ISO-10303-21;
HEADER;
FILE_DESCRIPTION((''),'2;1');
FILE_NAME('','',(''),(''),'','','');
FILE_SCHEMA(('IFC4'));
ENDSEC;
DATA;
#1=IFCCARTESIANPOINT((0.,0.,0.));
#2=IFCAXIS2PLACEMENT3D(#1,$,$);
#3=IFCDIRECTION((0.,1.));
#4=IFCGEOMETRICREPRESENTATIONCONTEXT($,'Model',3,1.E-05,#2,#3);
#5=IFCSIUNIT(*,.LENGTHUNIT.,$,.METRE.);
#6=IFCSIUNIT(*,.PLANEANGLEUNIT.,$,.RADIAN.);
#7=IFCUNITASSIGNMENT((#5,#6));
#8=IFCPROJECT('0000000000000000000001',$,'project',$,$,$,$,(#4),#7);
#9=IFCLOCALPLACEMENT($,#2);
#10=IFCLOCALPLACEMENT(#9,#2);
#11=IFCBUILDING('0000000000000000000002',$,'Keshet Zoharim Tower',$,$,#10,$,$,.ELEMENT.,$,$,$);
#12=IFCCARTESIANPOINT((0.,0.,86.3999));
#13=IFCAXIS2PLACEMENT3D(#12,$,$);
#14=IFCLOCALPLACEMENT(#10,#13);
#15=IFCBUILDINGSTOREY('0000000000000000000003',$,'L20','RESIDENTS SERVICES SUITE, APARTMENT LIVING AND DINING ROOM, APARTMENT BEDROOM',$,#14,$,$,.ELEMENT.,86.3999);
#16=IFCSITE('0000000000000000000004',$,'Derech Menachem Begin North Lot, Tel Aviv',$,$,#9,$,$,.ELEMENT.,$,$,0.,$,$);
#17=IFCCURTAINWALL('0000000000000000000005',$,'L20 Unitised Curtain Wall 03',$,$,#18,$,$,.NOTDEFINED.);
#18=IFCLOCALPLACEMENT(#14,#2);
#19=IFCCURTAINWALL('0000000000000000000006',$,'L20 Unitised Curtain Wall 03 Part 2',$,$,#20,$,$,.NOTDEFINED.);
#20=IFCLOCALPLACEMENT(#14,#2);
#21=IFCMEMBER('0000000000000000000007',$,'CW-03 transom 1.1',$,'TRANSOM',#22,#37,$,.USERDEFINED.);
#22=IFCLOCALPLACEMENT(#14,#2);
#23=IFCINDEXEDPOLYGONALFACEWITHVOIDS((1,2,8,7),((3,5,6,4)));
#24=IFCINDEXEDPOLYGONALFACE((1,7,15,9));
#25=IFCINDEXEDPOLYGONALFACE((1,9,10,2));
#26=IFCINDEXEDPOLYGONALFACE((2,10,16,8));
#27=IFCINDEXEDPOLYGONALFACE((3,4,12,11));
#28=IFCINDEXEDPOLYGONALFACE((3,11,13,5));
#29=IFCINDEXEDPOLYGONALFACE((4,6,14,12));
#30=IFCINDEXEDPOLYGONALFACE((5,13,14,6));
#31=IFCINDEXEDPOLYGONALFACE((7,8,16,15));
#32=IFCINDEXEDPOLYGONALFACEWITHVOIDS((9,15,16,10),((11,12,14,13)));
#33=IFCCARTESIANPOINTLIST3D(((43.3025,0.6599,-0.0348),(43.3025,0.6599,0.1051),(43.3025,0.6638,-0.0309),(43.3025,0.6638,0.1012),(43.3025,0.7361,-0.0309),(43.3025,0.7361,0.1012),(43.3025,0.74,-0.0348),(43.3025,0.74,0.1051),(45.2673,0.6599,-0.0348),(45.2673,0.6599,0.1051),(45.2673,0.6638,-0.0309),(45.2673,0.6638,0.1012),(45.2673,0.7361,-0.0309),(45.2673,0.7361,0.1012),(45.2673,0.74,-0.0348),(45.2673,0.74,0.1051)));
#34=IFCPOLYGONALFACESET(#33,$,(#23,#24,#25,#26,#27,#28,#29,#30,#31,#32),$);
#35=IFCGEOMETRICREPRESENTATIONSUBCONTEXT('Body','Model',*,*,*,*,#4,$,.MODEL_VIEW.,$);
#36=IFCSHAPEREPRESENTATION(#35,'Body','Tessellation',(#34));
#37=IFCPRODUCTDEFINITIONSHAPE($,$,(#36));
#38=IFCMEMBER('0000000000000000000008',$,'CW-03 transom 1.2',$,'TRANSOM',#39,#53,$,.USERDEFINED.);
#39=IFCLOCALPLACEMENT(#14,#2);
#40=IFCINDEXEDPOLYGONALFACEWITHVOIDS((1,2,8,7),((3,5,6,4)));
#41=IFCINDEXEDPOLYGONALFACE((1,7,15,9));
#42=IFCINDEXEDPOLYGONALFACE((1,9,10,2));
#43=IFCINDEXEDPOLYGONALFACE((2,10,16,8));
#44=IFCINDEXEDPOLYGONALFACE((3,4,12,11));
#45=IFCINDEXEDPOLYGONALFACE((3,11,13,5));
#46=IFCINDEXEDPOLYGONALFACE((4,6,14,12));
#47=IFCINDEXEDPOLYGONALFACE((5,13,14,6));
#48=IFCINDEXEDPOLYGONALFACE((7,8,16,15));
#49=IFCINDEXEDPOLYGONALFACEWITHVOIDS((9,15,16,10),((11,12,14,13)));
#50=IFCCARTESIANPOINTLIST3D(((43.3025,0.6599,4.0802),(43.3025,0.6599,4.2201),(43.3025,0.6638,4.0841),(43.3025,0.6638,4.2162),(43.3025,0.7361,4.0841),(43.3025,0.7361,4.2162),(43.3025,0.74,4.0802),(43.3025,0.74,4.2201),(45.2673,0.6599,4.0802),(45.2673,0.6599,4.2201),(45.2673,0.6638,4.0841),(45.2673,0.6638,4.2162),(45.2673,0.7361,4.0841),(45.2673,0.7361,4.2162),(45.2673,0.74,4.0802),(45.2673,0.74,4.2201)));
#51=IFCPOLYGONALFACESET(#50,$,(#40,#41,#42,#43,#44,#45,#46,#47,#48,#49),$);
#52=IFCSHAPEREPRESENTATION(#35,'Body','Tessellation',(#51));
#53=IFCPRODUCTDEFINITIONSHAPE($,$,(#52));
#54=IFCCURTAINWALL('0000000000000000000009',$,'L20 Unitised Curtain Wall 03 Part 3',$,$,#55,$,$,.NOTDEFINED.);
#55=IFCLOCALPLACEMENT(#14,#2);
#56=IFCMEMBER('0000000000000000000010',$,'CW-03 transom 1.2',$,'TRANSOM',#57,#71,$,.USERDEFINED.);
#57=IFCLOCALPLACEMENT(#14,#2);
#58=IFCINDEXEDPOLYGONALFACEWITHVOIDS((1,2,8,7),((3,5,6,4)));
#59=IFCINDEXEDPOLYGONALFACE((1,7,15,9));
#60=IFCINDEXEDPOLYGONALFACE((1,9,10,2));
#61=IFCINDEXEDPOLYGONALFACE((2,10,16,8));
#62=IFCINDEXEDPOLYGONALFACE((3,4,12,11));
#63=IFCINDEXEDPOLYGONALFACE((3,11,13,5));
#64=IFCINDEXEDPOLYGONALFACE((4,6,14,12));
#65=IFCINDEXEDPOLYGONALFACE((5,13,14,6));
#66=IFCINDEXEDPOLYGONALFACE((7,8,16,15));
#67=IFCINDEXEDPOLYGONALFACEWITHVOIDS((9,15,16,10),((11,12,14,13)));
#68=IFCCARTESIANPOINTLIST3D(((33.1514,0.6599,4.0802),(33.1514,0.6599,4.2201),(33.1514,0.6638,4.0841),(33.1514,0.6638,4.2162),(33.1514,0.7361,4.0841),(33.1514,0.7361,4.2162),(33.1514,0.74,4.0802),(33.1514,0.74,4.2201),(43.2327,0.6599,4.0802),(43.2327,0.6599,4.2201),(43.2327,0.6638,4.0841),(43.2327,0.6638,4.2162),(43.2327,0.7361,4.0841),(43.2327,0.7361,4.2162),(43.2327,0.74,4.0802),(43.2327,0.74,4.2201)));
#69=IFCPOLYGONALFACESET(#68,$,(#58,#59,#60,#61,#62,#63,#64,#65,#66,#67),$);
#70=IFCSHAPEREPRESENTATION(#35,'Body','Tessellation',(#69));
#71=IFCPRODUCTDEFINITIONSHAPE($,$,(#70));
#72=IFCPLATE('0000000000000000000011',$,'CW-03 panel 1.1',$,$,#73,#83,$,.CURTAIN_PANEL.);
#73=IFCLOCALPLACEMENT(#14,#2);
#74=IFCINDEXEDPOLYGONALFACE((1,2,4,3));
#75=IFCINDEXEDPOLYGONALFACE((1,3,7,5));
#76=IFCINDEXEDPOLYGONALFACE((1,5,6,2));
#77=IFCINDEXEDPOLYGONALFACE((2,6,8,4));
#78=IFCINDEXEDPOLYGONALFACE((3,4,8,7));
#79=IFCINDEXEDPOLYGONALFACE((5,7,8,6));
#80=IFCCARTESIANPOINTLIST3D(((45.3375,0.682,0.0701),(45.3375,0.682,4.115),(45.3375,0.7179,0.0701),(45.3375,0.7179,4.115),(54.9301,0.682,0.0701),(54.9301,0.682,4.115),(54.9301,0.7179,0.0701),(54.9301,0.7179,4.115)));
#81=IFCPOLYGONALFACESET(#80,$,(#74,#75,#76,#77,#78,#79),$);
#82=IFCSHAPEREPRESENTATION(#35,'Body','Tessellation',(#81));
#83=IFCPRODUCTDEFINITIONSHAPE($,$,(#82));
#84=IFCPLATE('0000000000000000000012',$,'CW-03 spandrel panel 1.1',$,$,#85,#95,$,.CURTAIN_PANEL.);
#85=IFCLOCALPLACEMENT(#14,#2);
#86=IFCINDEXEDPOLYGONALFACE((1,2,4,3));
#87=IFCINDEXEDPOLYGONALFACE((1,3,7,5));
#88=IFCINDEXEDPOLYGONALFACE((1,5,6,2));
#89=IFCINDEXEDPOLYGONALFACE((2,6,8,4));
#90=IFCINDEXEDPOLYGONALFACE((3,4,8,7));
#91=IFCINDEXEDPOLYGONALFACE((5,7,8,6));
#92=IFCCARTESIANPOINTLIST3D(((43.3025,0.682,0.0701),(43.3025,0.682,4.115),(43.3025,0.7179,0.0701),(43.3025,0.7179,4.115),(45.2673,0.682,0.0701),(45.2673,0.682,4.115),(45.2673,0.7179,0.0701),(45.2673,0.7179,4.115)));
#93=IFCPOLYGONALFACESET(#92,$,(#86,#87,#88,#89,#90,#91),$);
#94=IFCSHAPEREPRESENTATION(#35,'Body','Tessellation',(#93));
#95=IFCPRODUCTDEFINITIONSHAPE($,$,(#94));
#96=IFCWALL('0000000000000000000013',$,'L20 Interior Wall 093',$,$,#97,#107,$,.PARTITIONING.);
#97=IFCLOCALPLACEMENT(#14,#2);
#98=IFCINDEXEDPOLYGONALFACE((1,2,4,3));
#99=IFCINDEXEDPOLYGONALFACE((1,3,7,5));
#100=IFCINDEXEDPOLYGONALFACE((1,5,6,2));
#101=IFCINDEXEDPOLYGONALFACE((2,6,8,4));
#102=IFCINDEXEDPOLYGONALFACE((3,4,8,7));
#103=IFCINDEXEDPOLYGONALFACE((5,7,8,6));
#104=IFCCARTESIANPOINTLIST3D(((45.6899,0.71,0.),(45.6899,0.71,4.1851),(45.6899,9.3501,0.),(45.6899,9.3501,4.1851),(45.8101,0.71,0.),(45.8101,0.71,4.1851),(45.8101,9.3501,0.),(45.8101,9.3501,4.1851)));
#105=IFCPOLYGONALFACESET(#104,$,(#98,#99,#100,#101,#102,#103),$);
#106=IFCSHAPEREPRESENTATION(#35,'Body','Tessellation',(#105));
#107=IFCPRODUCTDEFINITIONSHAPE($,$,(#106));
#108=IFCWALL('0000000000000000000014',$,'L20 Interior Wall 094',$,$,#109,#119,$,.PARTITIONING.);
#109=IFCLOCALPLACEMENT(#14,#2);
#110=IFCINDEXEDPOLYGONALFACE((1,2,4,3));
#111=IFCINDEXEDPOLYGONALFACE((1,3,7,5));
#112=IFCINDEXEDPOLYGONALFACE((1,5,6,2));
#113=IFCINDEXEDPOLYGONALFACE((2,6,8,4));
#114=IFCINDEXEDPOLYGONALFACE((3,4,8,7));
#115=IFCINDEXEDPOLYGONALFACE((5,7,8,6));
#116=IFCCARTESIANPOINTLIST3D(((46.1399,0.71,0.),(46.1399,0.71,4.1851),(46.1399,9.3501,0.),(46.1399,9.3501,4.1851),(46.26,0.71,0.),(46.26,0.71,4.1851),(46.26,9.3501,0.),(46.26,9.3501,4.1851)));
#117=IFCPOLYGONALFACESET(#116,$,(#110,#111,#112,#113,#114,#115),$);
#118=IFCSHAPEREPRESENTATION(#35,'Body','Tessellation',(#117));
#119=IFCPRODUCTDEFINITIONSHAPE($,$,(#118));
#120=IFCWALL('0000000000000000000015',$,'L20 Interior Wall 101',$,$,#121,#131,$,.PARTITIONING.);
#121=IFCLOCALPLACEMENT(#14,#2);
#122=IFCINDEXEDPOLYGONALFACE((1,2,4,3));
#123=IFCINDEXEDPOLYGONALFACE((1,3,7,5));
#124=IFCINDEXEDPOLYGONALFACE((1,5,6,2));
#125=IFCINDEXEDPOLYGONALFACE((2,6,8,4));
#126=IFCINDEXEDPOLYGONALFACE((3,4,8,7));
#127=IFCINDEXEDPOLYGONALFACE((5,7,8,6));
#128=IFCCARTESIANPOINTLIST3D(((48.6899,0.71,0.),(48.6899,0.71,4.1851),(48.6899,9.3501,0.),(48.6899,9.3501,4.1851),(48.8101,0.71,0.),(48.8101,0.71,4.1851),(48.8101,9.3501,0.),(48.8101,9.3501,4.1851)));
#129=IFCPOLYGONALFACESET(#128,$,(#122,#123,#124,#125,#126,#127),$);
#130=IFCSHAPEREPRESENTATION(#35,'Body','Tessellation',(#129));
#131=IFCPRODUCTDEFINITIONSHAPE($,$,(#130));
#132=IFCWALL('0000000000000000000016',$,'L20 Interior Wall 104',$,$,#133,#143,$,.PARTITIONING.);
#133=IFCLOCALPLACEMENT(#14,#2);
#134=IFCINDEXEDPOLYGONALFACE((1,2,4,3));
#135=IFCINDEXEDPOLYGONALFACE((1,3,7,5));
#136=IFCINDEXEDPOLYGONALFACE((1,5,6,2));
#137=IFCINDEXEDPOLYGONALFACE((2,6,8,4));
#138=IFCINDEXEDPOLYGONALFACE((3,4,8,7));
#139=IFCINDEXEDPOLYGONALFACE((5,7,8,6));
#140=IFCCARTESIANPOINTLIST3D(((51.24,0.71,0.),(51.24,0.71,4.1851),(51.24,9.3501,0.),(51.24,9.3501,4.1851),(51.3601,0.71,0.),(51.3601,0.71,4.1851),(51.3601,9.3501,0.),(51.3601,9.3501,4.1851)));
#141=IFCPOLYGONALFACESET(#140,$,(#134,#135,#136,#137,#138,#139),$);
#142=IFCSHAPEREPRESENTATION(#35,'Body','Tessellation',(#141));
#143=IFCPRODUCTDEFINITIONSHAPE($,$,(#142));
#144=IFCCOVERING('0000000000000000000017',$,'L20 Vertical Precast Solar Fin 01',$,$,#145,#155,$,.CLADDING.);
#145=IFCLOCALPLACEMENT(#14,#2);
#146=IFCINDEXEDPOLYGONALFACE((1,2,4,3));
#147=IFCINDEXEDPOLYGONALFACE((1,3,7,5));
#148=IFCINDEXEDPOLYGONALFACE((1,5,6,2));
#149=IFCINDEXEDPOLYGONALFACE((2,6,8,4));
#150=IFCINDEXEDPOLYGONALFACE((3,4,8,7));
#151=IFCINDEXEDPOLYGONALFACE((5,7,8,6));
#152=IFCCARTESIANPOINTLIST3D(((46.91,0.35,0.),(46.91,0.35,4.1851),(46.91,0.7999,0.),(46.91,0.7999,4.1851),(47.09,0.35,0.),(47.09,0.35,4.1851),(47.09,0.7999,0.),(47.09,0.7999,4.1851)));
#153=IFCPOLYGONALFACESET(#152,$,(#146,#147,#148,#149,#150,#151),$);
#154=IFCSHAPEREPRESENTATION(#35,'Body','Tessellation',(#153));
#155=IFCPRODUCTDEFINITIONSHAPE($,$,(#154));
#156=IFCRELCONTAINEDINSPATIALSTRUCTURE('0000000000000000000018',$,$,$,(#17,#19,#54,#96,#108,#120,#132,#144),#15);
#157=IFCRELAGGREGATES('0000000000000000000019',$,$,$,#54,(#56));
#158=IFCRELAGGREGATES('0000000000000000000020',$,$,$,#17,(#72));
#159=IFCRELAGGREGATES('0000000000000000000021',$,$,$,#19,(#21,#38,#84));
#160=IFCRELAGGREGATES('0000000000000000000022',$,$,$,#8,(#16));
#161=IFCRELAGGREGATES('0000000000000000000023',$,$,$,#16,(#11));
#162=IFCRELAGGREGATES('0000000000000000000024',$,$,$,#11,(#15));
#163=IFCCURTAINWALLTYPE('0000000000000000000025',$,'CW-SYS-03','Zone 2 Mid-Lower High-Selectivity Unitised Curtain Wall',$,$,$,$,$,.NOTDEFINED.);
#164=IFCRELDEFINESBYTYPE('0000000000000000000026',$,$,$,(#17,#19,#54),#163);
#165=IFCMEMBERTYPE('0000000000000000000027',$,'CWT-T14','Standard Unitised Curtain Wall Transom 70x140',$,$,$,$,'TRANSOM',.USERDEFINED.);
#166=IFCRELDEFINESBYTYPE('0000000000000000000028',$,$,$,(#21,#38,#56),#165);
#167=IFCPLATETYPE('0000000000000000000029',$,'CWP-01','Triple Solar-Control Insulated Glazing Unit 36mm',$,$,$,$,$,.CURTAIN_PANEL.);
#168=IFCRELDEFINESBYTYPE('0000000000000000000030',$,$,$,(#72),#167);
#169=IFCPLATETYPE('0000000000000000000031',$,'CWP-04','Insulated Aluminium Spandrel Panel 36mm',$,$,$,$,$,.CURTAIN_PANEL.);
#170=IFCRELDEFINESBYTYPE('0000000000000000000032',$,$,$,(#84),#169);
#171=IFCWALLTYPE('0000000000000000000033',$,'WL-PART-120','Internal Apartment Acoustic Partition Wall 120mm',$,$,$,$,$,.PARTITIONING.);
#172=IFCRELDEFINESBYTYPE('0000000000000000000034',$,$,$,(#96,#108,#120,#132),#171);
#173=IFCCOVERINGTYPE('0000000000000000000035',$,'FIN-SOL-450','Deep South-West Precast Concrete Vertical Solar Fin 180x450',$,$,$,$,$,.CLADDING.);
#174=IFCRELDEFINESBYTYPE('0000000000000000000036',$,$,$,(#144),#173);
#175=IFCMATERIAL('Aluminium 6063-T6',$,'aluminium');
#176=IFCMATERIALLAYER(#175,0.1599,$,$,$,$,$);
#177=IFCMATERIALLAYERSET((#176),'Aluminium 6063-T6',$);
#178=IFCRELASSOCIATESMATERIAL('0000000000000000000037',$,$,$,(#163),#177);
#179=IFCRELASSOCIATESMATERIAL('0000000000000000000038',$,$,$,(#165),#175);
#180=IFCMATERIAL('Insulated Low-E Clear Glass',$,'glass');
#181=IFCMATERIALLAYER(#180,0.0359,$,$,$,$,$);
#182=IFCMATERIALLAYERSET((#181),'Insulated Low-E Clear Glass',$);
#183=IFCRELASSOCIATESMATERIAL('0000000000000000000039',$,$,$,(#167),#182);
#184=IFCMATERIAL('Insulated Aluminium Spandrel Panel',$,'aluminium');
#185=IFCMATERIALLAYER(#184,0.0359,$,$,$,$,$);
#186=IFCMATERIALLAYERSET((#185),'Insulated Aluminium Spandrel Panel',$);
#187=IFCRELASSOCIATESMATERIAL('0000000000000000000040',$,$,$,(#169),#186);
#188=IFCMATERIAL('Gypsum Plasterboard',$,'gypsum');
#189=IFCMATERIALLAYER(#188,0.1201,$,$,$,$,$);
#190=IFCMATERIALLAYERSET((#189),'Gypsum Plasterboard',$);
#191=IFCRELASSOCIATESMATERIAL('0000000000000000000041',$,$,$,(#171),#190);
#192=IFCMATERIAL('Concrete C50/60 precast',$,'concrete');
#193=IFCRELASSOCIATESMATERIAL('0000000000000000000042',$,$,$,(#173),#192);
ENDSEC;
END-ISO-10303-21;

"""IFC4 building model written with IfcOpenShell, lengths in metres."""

from ifc_helpers import new_model, si_unit, direction, frame, frame_2d, origin, origin_2d, place, context, subcontext, project, spatial, rectangle, hollow_rectangle, extrude, material, layer, layer_set, material_profile, profile_set, type_object, element, aggregate, save


model = new_model("IFC4")

# Units and contexts
model_context = context("Model", 3, precision=1e-05, world=origin(), true_north=direction((0.0, 1.0)))
body_context = subcontext(model_context, "Body", "Model", "MODEL_VIEW")
ifc_project = project(units=[si_unit("LENGTHUNIT", "METRE"), si_unit("PLANEANGLEUNIT", "RADIAN")], contexts=[model_context])

# Site, building, storey
site_placement = place(None, origin())
site = spatial("IfcSite", under=ifc_project, at=site_placement, Name="Derech Menachem Begin North Lot, Tel Aviv", CompositionType="ELEMENT", RefElevation=0.0)
building_placement = place(site_placement, origin())
building = spatial("IfcBuilding", under=site, at=building_placement, Name="Keshet Zoharim Tower", CompositionType="ELEMENT")
storey_placement = place(building_placement, frame((0.0, 0.0, 86.3999)))
storey = spatial("IfcBuildingStorey", under=building, at=storey_placement, Name="L20", Description="RESIDENTS SERVICES SUITE, APARTMENT LIVING AND DINING ROOM, APARTMENT BEDROOM", CompositionType="ELEMENT", Elevation=86.3999)

# Curtain wall
ifc_material_1 = material(Name="Aluminium 6063-T6", Category="aluminium")
ifc_layer_1 = layer(ifc_material_1, 0.1599)
ifc_layer_set_1 = layer_set([ifc_layer_1], Name="Aluminium 6063-T6")
curtain_wall_type = type_object("IfcCurtainWallType", Name="CW-SYS-03", Description="Zone 2 Mid-Lower High-Selectivity Unitised Curtain Wall", PredefinedType="NOTDEFINED", material=ifc_layer_set_1)
curtain_wall_1_placement = place(storey_placement, origin())
curtain_wall_1 = element("IfcCurtainWall", 1, at=curtain_wall_1_placement, inside=storey, type_object=curtain_wall_type, Name="L20 Unitised Curtain Wall 03", PredefinedType="NOTDEFINED")

# Curtain wall, members
curtain_wall_2_placement = place(storey_placement, origin())
curtain_wall_2 = element("IfcCurtainWall", 2, at=curtain_wall_2_placement, inside=storey, type_object=curtain_wall_type, Name="L20 Unitised Curtain Wall 03 Part 2", PredefinedType="NOTDEFINED")
ifc_material_profile_1 = material_profile(ifc_material_1, hollow_rectangle(XDim=0.0801, YDim=0.1399, WallThickness=0.0039, at=origin_2d()), Name="TRN-80x140")
ifc_profile_set_1 = profile_set([ifc_material_profile_1], Name="Aluminium 6063-T6")
member_type_1 = type_object("IfcMemberType", Name="CWT-T14", Description="Standard Unitised Curtain Wall Transom 70x140", ElementType="TRANSOM", PredefinedType="USERDEFINED", material=ifc_profile_set_1)
member_1_placement = place(storey_placement, frame((45.2673, 0.7, 0.0352), z_axis=(-1.0, 0.0, 0.0), x_axis=(0.0, -1.0, 0.0)))
member_1 = element("IfcMember", 3, at=member_1_placement, type_object=member_type_1, Name="CW-03 transom 1.1", ObjectType="TRANSOM", PredefinedType="USERDEFINED", context=body_context, shape_type="SweptSolid", body=[
    extrude(hollow_rectangle(XDim=0.0801, YDim=0.1399, WallThickness=0.0039, at=origin_2d()), origin(), (0.0, 0.0, 1.0), 1.9648),
])
member_2_placement = place(storey_placement, frame((45.2673, 0.7, 4.1501), z_axis=(-1.0, 0.0, 0.0), x_axis=(0.0, -1.0, 0.0)))
member_2 = element("IfcMember", 4, at=member_2_placement, type_object=member_type_1, Name="CW-03 transom 1.2", ObjectType="TRANSOM", PredefinedType="USERDEFINED", context=body_context, shape_type="SweptSolid", body=[
    extrude(hollow_rectangle(XDim=0.0801, YDim=0.1399, WallThickness=0.0039, at=origin_2d()), origin(), (0.0, 0.0, 1.0), 1.9648),
])

# Curtain wall, member
curtain_wall_3_placement = place(storey_placement, origin())
curtain_wall_3 = element("IfcCurtainWall", 5, at=curtain_wall_3_placement, inside=storey, type_object=curtain_wall_type, Name="L20 Unitised Curtain Wall 03 Part 3", PredefinedType="NOTDEFINED")
member_3_placement = place(storey_placement, frame((43.2327, 0.7, 4.1501), z_axis=(-1.0, 0.0, 0.0), x_axis=(0.0, -1.0, 0.0)))
member_3 = element("IfcMember", 6, at=member_3_placement, type_object=member_type_1, Name="CW-03 transom 1.2", ObjectType="TRANSOM", PredefinedType="USERDEFINED", context=body_context, shape_type="SweptSolid", body=[
    extrude(hollow_rectangle(XDim=0.0801, YDim=0.1399, WallThickness=0.0039, at=origin_2d()), origin(), (0.0, 0.0, 1.0), 10.0813),
])
aggregate(curtain_wall_3, [member_3])

# Plates
ifc_material_2 = material(Name="Insulated Low-E Clear Glass", Category="glass")
ifc_layer_2 = layer(ifc_material_2, 0.0359)
ifc_layer_set_2 = layer_set([ifc_layer_2], Name="Insulated Low-E Clear Glass")
plate_type_1 = type_object("IfcPlateType", Name="CWP-01", Description="Triple Solar-Control Insulated Glazing Unit 36mm", PredefinedType="CURTAIN_PANEL", material=ifc_layer_set_2)
plate_1_placement = place(storey_placement, frame((50.1338, 0.7, 0.0701), z_axis=(0.0, 0.0, 1.0), x_axis=(-1.0, 0.0, 0.0)))
plate_1 = element("IfcPlate", 7, at=plate_1_placement, type_object=plate_type_1, Name="CW-03 panel 1.1", PredefinedType="CURTAIN_PANEL", context=body_context, shape_type="SweptSolid", body=[
    extrude(rectangle(XDim=9.5925, YDim=0.0359, at=origin_2d()), origin(), (0.0, 0.0, 1.0), 4.0449),
])
aggregate(curtain_wall_1, [plate_1])
ifc_material_3 = material(Name="Insulated Aluminium Spandrel Panel", Category="aluminium")
ifc_layer_3 = layer(ifc_material_3, 0.0359)
ifc_layer_set_3 = layer_set([ifc_layer_3], Name="Insulated Aluminium Spandrel Panel")
plate_type_2 = type_object("IfcPlateType", Name="CWP-04", Description="Insulated Aluminium Spandrel Panel 36mm", PredefinedType="CURTAIN_PANEL", material=ifc_layer_set_3)
plate_2_placement = place(storey_placement, frame((44.2849, 0.7, 0.0701), z_axis=(0.0, 0.0, 1.0), x_axis=(-1.0, 0.0, 0.0)))
plate_2 = element("IfcPlate", 8, at=plate_2_placement, type_object=plate_type_2, Name="CW-03 spandrel panel 1.1", PredefinedType="CURTAIN_PANEL", context=body_context, shape_type="SweptSolid", body=[
    extrude(rectangle(XDim=1.9648, YDim=0.0359, at=origin_2d()), origin(), (0.0, 0.0, 1.0), 4.0449),
])
aggregate(curtain_wall_2, [member_1, member_2, plate_2])

# Walls
ifc_material_4 = material(Name="Gypsum Plasterboard", Category="gypsum")
ifc_layer_4 = layer(ifc_material_4, 0.1201)
ifc_layer_set_4 = layer_set([ifc_layer_4], Name="Gypsum Plasterboard")
wall_type = type_object("IfcWallType", Name="WL-PART-120", Description="Internal Apartment Acoustic Partition Wall 120mm", PredefinedType="PARTITIONING", material=ifc_layer_set_4)
for number, where, z_axis, x_axis, name in (
    (9, (45.75, 0.71, 0.0), (0.0, 0.0, 1.0), (0.0, 1.0, 0.0), "L20 Interior Wall 093"),
    (10, (46.2, 0.71, 0.0), (0.0, 0.0, 1.0), (0.0, 1.0, 0.0), "L20 Interior Wall 094"),
    (11, (48.75, 0.71, 0.0), (0.0, 0.0, 1.0), (0.0, 1.0, 0.0), "L20 Interior Wall 101"),
    (12, (51.3, 0.71, 0.0), (0.0, 0.0, 1.0), (0.0, 1.0, 0.0), "L20 Interior Wall 104"),
):
    element("IfcWall", number, at=place(storey_placement, frame(where, z_axis=z_axis, x_axis=x_axis)), inside=storey, type_object=wall_type, Name=name, PredefinedType="PARTITIONING", context=body_context, shape_type="SweptSolid", body=[
        extrude(rectangle(XDim=8.6401, YDim=0.1201, at=frame_2d((4.3201, 0.0))), origin(), (0.0, 0.0, 1.0), 4.1851),
    ])

# Covering
ifc_material_5 = material(Name="Concrete C50/60 precast", Category="concrete")
covering_type = type_object("IfcCoveringType", Name="FIN-SOL-450", Description="Deep South-West Precast Concrete Vertical Solar Fin 180x450", PredefinedType="CLADDING", material=ifc_material_5)
covering_placement = place(storey_placement, frame((47.0, 0.575, 0.0), z_axis=(0.0, 0.0, 1.0), x_axis=(-1.0, 0.0, 0.0)))
element("IfcCovering", 13, at=covering_placement, inside=storey, type_object=covering_type, Name="L20 Vertical Precast Solar Fin 01", PredefinedType="CLADDING", context=body_context, shape_type="SweptSolid", body=[
    extrude(rectangle(XDim=0.1799, YDim=0.45, at=origin_2d()), origin(), (0.0, 0.0, 1.0), 4.1851),
])

save(model, "model.ifc")
